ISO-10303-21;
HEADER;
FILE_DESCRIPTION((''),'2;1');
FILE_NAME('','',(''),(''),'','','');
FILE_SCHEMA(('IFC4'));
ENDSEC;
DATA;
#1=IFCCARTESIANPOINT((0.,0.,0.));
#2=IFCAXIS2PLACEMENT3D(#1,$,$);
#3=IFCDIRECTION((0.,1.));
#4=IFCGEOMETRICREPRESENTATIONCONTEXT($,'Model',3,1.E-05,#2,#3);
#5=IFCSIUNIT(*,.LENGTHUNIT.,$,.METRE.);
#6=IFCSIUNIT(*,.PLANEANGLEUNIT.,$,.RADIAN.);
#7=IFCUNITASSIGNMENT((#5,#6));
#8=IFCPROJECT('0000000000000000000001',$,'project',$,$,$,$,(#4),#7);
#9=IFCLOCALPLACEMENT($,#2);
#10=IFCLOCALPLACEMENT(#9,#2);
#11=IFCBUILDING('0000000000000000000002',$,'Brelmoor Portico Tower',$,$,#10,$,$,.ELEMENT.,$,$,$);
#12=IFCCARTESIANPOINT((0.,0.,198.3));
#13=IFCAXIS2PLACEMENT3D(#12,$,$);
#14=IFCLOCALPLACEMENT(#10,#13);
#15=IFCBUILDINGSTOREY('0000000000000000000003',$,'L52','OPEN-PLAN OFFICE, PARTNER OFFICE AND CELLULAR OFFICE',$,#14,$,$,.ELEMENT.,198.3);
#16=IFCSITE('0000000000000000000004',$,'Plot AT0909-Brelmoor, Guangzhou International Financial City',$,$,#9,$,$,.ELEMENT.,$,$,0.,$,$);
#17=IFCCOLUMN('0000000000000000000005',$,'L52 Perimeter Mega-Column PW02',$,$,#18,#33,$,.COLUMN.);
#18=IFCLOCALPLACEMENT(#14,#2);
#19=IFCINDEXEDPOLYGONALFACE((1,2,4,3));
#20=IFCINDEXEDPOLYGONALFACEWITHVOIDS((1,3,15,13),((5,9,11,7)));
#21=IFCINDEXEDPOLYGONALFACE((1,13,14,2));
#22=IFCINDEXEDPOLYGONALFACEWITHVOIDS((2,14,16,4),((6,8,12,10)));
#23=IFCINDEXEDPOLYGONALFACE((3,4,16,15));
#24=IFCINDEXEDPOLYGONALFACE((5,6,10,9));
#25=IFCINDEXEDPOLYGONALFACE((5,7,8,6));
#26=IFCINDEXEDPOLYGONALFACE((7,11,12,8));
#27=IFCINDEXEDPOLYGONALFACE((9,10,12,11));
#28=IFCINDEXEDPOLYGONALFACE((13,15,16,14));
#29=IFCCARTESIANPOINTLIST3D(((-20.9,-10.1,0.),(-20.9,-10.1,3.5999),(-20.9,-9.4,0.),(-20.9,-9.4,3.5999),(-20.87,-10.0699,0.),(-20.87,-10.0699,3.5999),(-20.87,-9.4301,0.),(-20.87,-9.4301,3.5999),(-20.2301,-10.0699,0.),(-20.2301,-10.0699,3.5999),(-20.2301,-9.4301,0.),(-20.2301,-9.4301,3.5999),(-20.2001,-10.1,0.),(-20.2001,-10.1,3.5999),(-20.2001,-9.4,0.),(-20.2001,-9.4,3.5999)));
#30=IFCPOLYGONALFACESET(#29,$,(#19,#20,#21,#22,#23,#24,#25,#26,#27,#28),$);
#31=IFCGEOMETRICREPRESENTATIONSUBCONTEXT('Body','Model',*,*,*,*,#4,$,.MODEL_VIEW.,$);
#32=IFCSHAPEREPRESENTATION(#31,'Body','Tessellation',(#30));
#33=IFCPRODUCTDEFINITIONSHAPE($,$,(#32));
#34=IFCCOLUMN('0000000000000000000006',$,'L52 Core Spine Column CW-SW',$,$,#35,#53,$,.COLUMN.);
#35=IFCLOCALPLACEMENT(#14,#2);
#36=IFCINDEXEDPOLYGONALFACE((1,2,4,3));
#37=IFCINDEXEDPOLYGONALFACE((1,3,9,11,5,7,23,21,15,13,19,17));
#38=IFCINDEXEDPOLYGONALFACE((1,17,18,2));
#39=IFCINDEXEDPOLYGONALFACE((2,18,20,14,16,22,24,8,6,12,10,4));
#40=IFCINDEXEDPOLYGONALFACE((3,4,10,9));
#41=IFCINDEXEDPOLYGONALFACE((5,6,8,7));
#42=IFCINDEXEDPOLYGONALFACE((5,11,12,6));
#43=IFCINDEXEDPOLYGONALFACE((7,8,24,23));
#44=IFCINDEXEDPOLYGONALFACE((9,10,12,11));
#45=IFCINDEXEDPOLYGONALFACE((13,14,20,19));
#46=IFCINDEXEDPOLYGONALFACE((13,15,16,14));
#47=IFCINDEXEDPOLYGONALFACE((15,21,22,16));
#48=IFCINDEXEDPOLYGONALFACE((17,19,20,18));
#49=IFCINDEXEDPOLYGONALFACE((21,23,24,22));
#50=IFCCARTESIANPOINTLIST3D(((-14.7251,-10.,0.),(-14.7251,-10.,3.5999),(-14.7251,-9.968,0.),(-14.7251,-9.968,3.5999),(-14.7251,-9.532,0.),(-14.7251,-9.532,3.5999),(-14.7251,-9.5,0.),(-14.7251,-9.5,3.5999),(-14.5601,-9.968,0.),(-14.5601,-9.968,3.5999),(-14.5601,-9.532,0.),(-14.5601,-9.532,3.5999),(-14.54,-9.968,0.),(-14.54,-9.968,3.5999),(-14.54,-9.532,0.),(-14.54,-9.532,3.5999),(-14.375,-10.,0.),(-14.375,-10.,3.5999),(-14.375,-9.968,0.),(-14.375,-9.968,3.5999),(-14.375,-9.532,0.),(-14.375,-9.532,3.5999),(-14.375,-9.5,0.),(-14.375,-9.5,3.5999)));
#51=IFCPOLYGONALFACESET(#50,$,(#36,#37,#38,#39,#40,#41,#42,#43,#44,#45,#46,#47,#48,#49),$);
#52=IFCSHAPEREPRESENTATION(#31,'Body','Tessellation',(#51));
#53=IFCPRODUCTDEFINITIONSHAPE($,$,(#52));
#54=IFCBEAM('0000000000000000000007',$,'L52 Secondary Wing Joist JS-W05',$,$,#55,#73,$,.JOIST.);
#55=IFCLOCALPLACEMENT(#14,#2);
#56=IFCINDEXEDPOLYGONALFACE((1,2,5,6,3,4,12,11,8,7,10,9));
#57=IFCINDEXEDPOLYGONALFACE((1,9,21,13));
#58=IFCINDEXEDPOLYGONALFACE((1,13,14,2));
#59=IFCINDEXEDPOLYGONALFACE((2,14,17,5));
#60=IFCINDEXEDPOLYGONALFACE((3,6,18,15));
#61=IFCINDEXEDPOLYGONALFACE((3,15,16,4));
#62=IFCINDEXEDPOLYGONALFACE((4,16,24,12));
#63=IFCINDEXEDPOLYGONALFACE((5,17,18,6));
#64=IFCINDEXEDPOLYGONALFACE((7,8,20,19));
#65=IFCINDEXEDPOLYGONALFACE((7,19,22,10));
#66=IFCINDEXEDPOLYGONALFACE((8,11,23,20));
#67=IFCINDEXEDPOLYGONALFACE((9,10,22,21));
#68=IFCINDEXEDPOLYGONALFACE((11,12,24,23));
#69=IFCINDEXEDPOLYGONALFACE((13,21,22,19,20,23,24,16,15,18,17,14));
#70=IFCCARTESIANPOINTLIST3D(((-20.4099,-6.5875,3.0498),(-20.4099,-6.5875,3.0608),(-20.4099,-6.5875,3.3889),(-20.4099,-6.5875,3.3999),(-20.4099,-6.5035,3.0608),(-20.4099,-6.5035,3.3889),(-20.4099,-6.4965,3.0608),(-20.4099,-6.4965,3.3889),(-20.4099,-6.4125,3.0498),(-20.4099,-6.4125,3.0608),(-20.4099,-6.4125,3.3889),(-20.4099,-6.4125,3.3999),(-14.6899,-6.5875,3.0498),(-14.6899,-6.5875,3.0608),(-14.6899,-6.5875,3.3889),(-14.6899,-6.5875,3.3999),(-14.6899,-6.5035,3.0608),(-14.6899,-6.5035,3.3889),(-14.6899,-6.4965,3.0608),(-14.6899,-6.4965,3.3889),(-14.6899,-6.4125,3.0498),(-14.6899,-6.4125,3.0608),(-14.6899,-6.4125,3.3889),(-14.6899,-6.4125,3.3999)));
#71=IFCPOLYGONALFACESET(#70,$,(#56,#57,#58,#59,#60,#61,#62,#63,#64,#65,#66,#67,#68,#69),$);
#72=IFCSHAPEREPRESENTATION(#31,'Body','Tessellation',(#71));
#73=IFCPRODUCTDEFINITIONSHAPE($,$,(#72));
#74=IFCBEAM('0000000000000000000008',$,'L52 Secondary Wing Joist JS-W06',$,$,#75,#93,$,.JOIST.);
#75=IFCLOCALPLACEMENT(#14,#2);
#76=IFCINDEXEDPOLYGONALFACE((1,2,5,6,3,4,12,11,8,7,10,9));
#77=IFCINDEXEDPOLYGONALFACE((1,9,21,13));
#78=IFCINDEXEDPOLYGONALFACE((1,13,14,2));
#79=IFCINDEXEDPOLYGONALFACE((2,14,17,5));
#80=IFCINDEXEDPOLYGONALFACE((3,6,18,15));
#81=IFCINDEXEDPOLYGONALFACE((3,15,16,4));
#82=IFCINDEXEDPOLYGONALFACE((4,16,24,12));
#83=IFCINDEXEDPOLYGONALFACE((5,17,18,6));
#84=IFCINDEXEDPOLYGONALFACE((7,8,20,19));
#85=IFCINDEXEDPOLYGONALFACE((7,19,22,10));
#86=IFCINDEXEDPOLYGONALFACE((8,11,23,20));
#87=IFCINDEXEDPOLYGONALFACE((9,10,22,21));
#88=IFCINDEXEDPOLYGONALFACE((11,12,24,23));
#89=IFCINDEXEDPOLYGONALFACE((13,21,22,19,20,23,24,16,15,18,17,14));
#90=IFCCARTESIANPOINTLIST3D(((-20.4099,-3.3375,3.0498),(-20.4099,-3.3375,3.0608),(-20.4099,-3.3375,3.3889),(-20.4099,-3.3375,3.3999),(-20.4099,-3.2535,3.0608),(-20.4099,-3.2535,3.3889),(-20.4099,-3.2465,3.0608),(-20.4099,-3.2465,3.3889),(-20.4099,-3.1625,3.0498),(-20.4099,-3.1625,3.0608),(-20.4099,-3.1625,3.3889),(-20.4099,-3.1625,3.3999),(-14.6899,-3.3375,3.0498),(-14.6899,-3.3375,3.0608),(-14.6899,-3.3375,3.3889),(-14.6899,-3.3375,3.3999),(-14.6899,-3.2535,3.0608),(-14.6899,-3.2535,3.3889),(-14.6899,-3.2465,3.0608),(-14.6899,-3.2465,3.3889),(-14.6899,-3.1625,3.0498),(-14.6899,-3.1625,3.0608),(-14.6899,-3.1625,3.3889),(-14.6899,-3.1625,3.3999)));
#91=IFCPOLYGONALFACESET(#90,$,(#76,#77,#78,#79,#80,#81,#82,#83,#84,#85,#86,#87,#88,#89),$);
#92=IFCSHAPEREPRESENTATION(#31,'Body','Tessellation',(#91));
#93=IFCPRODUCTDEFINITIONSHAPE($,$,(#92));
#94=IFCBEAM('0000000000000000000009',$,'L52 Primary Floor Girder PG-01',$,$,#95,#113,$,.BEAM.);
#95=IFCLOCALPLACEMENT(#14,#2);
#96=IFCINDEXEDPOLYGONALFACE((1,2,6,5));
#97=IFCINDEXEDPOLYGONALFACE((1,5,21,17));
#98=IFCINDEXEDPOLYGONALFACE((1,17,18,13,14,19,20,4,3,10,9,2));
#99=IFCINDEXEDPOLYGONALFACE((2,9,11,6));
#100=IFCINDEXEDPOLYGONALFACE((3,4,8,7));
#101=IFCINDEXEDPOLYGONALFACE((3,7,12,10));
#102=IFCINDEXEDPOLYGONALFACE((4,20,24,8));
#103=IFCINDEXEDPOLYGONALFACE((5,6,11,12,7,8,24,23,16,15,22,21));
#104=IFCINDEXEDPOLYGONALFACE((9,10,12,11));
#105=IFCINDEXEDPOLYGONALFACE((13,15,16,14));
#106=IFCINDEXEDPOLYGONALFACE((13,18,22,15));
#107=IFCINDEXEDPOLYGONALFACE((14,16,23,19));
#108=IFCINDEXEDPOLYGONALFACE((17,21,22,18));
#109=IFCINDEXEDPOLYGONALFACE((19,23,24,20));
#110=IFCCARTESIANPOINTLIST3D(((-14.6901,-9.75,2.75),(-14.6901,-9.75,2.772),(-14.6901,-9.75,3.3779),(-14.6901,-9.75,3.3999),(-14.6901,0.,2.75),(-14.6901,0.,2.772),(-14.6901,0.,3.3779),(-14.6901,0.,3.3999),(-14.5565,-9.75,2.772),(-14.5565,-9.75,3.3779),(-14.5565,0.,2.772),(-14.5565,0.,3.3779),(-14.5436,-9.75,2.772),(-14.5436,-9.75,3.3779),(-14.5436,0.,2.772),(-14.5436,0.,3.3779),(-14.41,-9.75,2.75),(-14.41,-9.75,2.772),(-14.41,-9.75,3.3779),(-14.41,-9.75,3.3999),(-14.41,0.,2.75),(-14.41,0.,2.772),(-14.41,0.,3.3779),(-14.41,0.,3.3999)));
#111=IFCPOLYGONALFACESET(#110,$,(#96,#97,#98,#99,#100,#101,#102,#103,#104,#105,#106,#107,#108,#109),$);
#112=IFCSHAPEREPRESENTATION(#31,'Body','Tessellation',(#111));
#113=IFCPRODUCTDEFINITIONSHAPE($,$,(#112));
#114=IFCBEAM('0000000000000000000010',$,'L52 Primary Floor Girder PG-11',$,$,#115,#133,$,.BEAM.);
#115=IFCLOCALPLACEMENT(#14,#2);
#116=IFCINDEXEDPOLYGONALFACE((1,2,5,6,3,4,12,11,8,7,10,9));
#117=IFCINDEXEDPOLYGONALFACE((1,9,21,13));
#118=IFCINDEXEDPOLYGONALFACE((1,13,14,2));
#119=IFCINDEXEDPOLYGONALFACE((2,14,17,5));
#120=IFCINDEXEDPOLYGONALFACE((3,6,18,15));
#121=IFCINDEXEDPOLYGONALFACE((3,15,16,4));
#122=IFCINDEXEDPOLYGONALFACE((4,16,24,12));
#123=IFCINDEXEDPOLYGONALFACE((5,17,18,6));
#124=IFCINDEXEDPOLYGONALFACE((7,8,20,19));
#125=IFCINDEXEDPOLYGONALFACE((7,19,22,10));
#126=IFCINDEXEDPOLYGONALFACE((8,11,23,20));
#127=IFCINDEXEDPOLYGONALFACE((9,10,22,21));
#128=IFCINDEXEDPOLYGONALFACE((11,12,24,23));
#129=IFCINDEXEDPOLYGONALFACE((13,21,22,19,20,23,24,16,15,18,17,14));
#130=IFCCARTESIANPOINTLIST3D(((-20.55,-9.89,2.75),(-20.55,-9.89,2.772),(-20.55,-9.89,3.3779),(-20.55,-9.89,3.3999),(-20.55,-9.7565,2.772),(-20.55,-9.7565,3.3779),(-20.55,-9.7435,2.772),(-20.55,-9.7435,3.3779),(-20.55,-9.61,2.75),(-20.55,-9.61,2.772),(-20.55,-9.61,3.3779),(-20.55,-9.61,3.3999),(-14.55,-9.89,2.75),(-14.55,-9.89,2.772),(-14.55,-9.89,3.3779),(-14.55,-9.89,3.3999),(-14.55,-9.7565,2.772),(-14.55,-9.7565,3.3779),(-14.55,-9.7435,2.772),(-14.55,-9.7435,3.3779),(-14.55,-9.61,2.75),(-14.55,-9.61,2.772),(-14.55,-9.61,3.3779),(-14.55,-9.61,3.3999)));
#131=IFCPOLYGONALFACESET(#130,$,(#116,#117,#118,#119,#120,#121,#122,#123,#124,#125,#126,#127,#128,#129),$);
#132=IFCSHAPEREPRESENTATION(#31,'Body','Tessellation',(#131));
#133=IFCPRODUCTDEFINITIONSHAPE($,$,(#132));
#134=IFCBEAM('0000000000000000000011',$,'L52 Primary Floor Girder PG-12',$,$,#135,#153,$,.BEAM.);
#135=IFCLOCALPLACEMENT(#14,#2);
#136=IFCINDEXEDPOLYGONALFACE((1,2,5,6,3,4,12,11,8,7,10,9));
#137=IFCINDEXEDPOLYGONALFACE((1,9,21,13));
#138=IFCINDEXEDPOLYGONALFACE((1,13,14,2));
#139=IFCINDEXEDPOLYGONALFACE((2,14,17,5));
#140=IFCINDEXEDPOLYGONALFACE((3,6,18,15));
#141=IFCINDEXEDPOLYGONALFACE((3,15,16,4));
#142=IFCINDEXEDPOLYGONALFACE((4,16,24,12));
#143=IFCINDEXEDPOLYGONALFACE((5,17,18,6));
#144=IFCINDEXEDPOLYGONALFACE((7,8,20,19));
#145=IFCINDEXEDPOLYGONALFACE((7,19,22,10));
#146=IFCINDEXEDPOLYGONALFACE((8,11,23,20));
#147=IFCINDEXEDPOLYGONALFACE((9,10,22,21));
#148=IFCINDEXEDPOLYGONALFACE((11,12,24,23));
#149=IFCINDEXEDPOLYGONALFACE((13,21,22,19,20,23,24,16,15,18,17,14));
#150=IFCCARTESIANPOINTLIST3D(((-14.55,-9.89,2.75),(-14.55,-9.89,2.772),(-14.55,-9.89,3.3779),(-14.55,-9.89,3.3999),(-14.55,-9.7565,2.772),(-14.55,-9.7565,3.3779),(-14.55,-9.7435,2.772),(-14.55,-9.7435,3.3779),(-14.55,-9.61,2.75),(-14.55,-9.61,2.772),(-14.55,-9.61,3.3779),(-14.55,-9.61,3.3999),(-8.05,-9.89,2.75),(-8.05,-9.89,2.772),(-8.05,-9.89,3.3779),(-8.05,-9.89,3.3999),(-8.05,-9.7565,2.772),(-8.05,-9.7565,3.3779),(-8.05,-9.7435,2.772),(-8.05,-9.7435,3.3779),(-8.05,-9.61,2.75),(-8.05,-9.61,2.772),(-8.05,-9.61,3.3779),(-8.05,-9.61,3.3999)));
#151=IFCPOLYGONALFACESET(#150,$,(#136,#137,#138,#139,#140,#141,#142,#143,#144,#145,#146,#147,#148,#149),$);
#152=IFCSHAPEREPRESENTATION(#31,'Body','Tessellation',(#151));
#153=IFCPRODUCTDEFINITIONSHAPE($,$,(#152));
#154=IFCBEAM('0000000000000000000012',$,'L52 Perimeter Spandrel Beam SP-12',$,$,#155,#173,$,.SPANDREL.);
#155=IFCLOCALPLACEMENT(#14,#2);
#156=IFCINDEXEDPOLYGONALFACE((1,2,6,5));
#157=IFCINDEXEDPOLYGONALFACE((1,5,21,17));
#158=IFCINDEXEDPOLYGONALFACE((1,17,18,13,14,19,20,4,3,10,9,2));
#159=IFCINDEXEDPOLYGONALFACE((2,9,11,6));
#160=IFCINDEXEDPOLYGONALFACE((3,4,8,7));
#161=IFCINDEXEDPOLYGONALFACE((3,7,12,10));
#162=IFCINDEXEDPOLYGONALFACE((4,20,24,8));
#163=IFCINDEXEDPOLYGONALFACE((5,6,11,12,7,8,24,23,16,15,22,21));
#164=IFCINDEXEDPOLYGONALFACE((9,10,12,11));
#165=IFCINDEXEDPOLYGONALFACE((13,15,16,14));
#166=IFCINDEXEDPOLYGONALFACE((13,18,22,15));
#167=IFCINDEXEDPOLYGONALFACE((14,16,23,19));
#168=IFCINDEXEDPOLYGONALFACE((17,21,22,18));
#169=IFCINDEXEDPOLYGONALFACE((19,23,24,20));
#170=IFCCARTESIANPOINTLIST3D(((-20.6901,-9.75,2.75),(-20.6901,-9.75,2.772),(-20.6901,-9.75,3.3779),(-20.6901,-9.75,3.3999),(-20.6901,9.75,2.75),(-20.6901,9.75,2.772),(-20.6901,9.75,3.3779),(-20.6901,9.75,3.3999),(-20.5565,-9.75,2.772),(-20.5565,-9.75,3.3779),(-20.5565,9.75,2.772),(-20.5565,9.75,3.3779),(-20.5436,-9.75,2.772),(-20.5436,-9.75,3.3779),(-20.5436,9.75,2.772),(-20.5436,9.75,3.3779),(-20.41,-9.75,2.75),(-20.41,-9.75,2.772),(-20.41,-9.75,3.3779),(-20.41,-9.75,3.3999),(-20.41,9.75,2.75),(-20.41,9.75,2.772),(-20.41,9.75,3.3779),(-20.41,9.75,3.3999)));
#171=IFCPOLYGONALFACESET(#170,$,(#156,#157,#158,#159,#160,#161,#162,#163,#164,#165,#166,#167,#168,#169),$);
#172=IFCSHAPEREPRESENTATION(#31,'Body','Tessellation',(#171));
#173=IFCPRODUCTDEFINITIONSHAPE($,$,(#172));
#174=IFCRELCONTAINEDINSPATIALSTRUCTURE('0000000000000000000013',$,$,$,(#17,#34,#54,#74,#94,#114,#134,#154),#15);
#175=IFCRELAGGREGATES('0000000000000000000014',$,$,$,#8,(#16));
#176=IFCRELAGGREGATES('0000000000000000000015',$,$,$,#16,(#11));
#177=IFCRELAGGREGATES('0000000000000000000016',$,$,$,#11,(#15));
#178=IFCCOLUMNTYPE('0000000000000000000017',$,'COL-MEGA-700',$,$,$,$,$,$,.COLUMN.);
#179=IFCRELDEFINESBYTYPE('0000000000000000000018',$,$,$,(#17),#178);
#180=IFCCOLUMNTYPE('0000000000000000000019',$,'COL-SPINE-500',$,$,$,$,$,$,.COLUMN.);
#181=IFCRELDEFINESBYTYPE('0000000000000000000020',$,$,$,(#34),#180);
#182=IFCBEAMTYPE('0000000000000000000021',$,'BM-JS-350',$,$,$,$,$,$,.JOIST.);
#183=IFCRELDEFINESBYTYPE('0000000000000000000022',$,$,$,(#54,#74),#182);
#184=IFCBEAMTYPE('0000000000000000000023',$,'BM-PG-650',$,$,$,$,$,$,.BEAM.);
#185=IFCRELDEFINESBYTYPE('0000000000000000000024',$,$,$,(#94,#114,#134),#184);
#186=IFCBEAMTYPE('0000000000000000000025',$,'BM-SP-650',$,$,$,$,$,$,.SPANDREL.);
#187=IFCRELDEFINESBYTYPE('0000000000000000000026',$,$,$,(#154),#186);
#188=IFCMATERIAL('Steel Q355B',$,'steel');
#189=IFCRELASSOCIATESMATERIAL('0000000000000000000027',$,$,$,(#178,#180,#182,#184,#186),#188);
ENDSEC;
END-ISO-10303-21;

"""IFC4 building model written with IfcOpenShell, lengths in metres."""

from ifc_helpers import new_model, si_unit, direction, frame, origin, origin_2d, place, context, subcontext, project, spatial, hollow_rectangle, i_section, extrude, material, material_profile, profile_set, type_object, element, save


model = new_model("IFC4")

# Units and contexts
model_context = context("Model", 3, precision=1e-05, world=origin(), true_north=direction((0.0, 1.0)))
body_context = subcontext(model_context, "Body", "Model", "MODEL_VIEW")
ifc_project = project(units=[si_unit("LENGTHUNIT", "METRE"), si_unit("PLANEANGLEUNIT", "RADIAN")], contexts=[model_context])

# Site, building, storey
site_placement = place(None, origin())
site = spatial("IfcSite", under=ifc_project, at=site_placement, Name="Plot AT0909-Brelmoor, Guangzhou International Financial City", CompositionType="ELEMENT", RefElevation=0.0)
building_placement = place(site_placement, origin())
building = spatial("IfcBuilding", under=site, at=building_placement, Name="Brelmoor Portico Tower", CompositionType="ELEMENT")
storey_placement = place(building_placement, frame((0.0, 0.0, 198.3)))
storey = spatial("IfcBuildingStorey", under=building, at=storey_placement, Name="L52", Description="OPEN-PLAN OFFICE, PARTNER OFFICE AND CELLULAR OFFICE", CompositionType="ELEMENT", Elevation=198.3)

# Columns
ifc_material_1 = material(Name="Steel Q355B", Category="steel")
ifc_material_profile_1 = material_profile(ifc_material_1, hollow_rectangle(XDim=0.7, YDim=0.7, WallThickness=0.03, at=origin_2d()), Name="BOX 700x700x30")
ifc_profile_set_1 = profile_set([ifc_material_profile_1], Name="Steel Q355B")
column_type_1 = type_object("IfcColumnType", Name="COL-MEGA-700", PredefinedType="COLUMN", material=ifc_profile_set_1)
column_1_placement = place(storey_placement, frame((-20.55, -9.75, 0.0), z_axis=(0.0, 0.0, 1.0), x_axis=(0.0, 1.0, 0.0)))
element("IfcColumn", 1, at=column_1_placement, inside=storey, type_object=column_type_1, Name="L52 Perimeter Mega-Column PW02", PredefinedType="COLUMN", context=body_context, shape_type="SweptSolid", body=[
    extrude(hollow_rectangle(XDim=0.7, YDim=0.7, WallThickness=0.03, at=origin_2d()), origin(), (0.0, 0.0, 1.0), 3.5999),
])
ifc_material_profile_2 = material_profile(ifc_material_1, i_section(OverallWidth=0.3501, OverallDepth=0.5, WebThickness=0.02, FlangeThickness=0.032, at=origin_2d()), Name="HW 500x350x20x32")
ifc_profile_set_2 = profile_set([ifc_material_profile_2], Name="Steel Q355B")
column_type_2 = type_object("IfcColumnType", Name="COL-SPINE-500", PredefinedType="COLUMN", material=ifc_profile_set_2)
column_2_placement = place(storey_placement, frame((-14.55, -9.75, 0.0), z_axis=(0.0, 0.0, 1.0), x_axis=(1.0, 0.0, 0.0)))
element("IfcColumn", 2, at=column_2_placement, inside=storey, type_object=column_type_2, Name="L52 Core Spine Column CW-SW", PredefinedType="COLUMN", context=body_context, shape_type="SweptSolid", body=[
    extrude(i_section(OverallWidth=0.3501, OverallDepth=0.5, WebThickness=0.02, FlangeThickness=0.032, at=origin_2d()), origin(), (0.0, 0.0, 1.0), 3.5999),
])

# Beams
ifc_material_profile_3 = material_profile(ifc_material_1, i_section(OverallWidth=0.175, OverallDepth=0.3501, WebThickness=0.0071, FlangeThickness=0.011, at=origin_2d()), Name="HN 350x175x7x11")
ifc_profile_set_3 = profile_set([ifc_material_profile_3], Name="Steel Q355B")
beam_type_1 = type_object("IfcBeamType", Name="BM-JS-350", PredefinedType="JOIST", material=ifc_profile_set_3)
for number, where, z_axis, x_axis, name in (
    (3, (-20.4099, -6.5, 3.2249), (1.0, 0.0, 0.0), (0.0, 1.0, 0.0), "L52 Secondary Wing Joist JS-W05"),
    (4, (-20.4099, -3.25, 3.2249), (1.0, 0.0, 0.0), (0.0, 1.0, 0.0), "L52 Secondary Wing Joist JS-W06"),
):
    element("IfcBeam", number, at=place(storey_placement, frame(where, z_axis=z_axis, x_axis=x_axis)), inside=storey, type_object=beam_type_1, Name=name, PredefinedType="JOIST", context=body_context, shape_type="SweptSolid", body=[
        extrude(i_section(OverallWidth=0.175, OverallDepth=0.3501, WebThickness=0.0071, FlangeThickness=0.011, at=origin_2d()), origin(), (0.0, 0.0, 1.0), 5.72),
    ])
ifc_material_profile_4 = material_profile(ifc_material_1, i_section(OverallWidth=0.28, OverallDepth=0.6499, WebThickness=0.0129, FlangeThickness=0.022, at=origin_2d()), Name="HN 650x280x13x22")
ifc_profile_set_4 = profile_set([ifc_material_profile_4], Name="Steel Q355B")
beam_type_2 = type_object("IfcBeamType", Name="BM-PG-650", PredefinedType="BEAM", material=ifc_profile_set_4)
beam_1_placement = place(storey_placement, frame((-14.55, -9.75, 3.075), z_axis=(0.0, 1.0, 0.0), x_axis=(-1.0, 0.0, 0.0)))
element("IfcBeam", 5, at=beam_1_placement, inside=storey, type_object=beam_type_2, Name="L52 Primary Floor Girder PG-01", PredefinedType="BEAM", context=body_context, shape_type="SweptSolid", body=[
    extrude(i_section(OverallWidth=0.28, OverallDepth=0.6499, WebThickness=0.0129, FlangeThickness=0.022, at=origin_2d()), origin(), (0.0, 0.0, 1.0), 9.75),
])
beam_2_placement = place(storey_placement, frame((-20.55, -9.75, 3.075), z_axis=(1.0, 0.0, 0.0), x_axis=(0.0, 1.0, 0.0)))
element("IfcBeam", 6, at=beam_2_placement, inside=storey, type_object=beam_type_2, Name="L52 Primary Floor Girder PG-11", PredefinedType="BEAM", context=body_context, shape_type="SweptSolid", body=[
    extrude(i_section(OverallWidth=0.28, OverallDepth=0.6499, WebThickness=0.0129, FlangeThickness=0.022, at=origin_2d()), origin(), (0.0, 0.0, 1.0), 6.0),
])
beam_3_placement = place(storey_placement, frame((-14.55, -9.75, 3.075), z_axis=(1.0, 0.0, 0.0), x_axis=(0.0, 1.0, 0.0)))
element("IfcBeam", 7, at=beam_3_placement, inside=storey, type_object=beam_type_2, Name="L52 Primary Floor Girder PG-12", PredefinedType="BEAM", context=body_context, shape_type="SweptSolid", body=[
    extrude(i_section(OverallWidth=0.28, OverallDepth=0.6499, WebThickness=0.0129, FlangeThickness=0.022, at=origin_2d()), origin(), (0.0, 0.0, 1.0), 6.5),
])
ifc_material_profile_5 = material_profile(ifc_material_1, i_section(OverallWidth=0.28, OverallDepth=0.6499, WebThickness=0.0129, FlangeThickness=0.022, at=origin_2d()), Name="HN 650x280x13x22")
ifc_profile_set_5 = profile_set([ifc_material_profile_5], Name="Steel Q355B")
beam_type_3 = type_object("IfcBeamType", Name="BM-SP-650", PredefinedType="SPANDREL", material=ifc_profile_set_5)
beam_4_placement = place(storey_placement, frame((-20.55, -9.75, 3.075), z_axis=(0.0, 1.0, 0.0), x_axis=(-1.0, 0.0, 0.0)))
element("IfcBeam", 8, at=beam_4_placement, inside=storey, type_object=beam_type_3, Name="L52 Perimeter Spandrel Beam SP-12", PredefinedType="SPANDREL", context=body_context, shape_type="SweptSolid", body=[
    extrude(i_section(OverallWidth=0.28, OverallDepth=0.6499, WebThickness=0.0129, FlangeThickness=0.022, at=origin_2d()), origin(), (0.0, 0.0, 1.0), 19.5),
])

save(model, "model.ifc")
